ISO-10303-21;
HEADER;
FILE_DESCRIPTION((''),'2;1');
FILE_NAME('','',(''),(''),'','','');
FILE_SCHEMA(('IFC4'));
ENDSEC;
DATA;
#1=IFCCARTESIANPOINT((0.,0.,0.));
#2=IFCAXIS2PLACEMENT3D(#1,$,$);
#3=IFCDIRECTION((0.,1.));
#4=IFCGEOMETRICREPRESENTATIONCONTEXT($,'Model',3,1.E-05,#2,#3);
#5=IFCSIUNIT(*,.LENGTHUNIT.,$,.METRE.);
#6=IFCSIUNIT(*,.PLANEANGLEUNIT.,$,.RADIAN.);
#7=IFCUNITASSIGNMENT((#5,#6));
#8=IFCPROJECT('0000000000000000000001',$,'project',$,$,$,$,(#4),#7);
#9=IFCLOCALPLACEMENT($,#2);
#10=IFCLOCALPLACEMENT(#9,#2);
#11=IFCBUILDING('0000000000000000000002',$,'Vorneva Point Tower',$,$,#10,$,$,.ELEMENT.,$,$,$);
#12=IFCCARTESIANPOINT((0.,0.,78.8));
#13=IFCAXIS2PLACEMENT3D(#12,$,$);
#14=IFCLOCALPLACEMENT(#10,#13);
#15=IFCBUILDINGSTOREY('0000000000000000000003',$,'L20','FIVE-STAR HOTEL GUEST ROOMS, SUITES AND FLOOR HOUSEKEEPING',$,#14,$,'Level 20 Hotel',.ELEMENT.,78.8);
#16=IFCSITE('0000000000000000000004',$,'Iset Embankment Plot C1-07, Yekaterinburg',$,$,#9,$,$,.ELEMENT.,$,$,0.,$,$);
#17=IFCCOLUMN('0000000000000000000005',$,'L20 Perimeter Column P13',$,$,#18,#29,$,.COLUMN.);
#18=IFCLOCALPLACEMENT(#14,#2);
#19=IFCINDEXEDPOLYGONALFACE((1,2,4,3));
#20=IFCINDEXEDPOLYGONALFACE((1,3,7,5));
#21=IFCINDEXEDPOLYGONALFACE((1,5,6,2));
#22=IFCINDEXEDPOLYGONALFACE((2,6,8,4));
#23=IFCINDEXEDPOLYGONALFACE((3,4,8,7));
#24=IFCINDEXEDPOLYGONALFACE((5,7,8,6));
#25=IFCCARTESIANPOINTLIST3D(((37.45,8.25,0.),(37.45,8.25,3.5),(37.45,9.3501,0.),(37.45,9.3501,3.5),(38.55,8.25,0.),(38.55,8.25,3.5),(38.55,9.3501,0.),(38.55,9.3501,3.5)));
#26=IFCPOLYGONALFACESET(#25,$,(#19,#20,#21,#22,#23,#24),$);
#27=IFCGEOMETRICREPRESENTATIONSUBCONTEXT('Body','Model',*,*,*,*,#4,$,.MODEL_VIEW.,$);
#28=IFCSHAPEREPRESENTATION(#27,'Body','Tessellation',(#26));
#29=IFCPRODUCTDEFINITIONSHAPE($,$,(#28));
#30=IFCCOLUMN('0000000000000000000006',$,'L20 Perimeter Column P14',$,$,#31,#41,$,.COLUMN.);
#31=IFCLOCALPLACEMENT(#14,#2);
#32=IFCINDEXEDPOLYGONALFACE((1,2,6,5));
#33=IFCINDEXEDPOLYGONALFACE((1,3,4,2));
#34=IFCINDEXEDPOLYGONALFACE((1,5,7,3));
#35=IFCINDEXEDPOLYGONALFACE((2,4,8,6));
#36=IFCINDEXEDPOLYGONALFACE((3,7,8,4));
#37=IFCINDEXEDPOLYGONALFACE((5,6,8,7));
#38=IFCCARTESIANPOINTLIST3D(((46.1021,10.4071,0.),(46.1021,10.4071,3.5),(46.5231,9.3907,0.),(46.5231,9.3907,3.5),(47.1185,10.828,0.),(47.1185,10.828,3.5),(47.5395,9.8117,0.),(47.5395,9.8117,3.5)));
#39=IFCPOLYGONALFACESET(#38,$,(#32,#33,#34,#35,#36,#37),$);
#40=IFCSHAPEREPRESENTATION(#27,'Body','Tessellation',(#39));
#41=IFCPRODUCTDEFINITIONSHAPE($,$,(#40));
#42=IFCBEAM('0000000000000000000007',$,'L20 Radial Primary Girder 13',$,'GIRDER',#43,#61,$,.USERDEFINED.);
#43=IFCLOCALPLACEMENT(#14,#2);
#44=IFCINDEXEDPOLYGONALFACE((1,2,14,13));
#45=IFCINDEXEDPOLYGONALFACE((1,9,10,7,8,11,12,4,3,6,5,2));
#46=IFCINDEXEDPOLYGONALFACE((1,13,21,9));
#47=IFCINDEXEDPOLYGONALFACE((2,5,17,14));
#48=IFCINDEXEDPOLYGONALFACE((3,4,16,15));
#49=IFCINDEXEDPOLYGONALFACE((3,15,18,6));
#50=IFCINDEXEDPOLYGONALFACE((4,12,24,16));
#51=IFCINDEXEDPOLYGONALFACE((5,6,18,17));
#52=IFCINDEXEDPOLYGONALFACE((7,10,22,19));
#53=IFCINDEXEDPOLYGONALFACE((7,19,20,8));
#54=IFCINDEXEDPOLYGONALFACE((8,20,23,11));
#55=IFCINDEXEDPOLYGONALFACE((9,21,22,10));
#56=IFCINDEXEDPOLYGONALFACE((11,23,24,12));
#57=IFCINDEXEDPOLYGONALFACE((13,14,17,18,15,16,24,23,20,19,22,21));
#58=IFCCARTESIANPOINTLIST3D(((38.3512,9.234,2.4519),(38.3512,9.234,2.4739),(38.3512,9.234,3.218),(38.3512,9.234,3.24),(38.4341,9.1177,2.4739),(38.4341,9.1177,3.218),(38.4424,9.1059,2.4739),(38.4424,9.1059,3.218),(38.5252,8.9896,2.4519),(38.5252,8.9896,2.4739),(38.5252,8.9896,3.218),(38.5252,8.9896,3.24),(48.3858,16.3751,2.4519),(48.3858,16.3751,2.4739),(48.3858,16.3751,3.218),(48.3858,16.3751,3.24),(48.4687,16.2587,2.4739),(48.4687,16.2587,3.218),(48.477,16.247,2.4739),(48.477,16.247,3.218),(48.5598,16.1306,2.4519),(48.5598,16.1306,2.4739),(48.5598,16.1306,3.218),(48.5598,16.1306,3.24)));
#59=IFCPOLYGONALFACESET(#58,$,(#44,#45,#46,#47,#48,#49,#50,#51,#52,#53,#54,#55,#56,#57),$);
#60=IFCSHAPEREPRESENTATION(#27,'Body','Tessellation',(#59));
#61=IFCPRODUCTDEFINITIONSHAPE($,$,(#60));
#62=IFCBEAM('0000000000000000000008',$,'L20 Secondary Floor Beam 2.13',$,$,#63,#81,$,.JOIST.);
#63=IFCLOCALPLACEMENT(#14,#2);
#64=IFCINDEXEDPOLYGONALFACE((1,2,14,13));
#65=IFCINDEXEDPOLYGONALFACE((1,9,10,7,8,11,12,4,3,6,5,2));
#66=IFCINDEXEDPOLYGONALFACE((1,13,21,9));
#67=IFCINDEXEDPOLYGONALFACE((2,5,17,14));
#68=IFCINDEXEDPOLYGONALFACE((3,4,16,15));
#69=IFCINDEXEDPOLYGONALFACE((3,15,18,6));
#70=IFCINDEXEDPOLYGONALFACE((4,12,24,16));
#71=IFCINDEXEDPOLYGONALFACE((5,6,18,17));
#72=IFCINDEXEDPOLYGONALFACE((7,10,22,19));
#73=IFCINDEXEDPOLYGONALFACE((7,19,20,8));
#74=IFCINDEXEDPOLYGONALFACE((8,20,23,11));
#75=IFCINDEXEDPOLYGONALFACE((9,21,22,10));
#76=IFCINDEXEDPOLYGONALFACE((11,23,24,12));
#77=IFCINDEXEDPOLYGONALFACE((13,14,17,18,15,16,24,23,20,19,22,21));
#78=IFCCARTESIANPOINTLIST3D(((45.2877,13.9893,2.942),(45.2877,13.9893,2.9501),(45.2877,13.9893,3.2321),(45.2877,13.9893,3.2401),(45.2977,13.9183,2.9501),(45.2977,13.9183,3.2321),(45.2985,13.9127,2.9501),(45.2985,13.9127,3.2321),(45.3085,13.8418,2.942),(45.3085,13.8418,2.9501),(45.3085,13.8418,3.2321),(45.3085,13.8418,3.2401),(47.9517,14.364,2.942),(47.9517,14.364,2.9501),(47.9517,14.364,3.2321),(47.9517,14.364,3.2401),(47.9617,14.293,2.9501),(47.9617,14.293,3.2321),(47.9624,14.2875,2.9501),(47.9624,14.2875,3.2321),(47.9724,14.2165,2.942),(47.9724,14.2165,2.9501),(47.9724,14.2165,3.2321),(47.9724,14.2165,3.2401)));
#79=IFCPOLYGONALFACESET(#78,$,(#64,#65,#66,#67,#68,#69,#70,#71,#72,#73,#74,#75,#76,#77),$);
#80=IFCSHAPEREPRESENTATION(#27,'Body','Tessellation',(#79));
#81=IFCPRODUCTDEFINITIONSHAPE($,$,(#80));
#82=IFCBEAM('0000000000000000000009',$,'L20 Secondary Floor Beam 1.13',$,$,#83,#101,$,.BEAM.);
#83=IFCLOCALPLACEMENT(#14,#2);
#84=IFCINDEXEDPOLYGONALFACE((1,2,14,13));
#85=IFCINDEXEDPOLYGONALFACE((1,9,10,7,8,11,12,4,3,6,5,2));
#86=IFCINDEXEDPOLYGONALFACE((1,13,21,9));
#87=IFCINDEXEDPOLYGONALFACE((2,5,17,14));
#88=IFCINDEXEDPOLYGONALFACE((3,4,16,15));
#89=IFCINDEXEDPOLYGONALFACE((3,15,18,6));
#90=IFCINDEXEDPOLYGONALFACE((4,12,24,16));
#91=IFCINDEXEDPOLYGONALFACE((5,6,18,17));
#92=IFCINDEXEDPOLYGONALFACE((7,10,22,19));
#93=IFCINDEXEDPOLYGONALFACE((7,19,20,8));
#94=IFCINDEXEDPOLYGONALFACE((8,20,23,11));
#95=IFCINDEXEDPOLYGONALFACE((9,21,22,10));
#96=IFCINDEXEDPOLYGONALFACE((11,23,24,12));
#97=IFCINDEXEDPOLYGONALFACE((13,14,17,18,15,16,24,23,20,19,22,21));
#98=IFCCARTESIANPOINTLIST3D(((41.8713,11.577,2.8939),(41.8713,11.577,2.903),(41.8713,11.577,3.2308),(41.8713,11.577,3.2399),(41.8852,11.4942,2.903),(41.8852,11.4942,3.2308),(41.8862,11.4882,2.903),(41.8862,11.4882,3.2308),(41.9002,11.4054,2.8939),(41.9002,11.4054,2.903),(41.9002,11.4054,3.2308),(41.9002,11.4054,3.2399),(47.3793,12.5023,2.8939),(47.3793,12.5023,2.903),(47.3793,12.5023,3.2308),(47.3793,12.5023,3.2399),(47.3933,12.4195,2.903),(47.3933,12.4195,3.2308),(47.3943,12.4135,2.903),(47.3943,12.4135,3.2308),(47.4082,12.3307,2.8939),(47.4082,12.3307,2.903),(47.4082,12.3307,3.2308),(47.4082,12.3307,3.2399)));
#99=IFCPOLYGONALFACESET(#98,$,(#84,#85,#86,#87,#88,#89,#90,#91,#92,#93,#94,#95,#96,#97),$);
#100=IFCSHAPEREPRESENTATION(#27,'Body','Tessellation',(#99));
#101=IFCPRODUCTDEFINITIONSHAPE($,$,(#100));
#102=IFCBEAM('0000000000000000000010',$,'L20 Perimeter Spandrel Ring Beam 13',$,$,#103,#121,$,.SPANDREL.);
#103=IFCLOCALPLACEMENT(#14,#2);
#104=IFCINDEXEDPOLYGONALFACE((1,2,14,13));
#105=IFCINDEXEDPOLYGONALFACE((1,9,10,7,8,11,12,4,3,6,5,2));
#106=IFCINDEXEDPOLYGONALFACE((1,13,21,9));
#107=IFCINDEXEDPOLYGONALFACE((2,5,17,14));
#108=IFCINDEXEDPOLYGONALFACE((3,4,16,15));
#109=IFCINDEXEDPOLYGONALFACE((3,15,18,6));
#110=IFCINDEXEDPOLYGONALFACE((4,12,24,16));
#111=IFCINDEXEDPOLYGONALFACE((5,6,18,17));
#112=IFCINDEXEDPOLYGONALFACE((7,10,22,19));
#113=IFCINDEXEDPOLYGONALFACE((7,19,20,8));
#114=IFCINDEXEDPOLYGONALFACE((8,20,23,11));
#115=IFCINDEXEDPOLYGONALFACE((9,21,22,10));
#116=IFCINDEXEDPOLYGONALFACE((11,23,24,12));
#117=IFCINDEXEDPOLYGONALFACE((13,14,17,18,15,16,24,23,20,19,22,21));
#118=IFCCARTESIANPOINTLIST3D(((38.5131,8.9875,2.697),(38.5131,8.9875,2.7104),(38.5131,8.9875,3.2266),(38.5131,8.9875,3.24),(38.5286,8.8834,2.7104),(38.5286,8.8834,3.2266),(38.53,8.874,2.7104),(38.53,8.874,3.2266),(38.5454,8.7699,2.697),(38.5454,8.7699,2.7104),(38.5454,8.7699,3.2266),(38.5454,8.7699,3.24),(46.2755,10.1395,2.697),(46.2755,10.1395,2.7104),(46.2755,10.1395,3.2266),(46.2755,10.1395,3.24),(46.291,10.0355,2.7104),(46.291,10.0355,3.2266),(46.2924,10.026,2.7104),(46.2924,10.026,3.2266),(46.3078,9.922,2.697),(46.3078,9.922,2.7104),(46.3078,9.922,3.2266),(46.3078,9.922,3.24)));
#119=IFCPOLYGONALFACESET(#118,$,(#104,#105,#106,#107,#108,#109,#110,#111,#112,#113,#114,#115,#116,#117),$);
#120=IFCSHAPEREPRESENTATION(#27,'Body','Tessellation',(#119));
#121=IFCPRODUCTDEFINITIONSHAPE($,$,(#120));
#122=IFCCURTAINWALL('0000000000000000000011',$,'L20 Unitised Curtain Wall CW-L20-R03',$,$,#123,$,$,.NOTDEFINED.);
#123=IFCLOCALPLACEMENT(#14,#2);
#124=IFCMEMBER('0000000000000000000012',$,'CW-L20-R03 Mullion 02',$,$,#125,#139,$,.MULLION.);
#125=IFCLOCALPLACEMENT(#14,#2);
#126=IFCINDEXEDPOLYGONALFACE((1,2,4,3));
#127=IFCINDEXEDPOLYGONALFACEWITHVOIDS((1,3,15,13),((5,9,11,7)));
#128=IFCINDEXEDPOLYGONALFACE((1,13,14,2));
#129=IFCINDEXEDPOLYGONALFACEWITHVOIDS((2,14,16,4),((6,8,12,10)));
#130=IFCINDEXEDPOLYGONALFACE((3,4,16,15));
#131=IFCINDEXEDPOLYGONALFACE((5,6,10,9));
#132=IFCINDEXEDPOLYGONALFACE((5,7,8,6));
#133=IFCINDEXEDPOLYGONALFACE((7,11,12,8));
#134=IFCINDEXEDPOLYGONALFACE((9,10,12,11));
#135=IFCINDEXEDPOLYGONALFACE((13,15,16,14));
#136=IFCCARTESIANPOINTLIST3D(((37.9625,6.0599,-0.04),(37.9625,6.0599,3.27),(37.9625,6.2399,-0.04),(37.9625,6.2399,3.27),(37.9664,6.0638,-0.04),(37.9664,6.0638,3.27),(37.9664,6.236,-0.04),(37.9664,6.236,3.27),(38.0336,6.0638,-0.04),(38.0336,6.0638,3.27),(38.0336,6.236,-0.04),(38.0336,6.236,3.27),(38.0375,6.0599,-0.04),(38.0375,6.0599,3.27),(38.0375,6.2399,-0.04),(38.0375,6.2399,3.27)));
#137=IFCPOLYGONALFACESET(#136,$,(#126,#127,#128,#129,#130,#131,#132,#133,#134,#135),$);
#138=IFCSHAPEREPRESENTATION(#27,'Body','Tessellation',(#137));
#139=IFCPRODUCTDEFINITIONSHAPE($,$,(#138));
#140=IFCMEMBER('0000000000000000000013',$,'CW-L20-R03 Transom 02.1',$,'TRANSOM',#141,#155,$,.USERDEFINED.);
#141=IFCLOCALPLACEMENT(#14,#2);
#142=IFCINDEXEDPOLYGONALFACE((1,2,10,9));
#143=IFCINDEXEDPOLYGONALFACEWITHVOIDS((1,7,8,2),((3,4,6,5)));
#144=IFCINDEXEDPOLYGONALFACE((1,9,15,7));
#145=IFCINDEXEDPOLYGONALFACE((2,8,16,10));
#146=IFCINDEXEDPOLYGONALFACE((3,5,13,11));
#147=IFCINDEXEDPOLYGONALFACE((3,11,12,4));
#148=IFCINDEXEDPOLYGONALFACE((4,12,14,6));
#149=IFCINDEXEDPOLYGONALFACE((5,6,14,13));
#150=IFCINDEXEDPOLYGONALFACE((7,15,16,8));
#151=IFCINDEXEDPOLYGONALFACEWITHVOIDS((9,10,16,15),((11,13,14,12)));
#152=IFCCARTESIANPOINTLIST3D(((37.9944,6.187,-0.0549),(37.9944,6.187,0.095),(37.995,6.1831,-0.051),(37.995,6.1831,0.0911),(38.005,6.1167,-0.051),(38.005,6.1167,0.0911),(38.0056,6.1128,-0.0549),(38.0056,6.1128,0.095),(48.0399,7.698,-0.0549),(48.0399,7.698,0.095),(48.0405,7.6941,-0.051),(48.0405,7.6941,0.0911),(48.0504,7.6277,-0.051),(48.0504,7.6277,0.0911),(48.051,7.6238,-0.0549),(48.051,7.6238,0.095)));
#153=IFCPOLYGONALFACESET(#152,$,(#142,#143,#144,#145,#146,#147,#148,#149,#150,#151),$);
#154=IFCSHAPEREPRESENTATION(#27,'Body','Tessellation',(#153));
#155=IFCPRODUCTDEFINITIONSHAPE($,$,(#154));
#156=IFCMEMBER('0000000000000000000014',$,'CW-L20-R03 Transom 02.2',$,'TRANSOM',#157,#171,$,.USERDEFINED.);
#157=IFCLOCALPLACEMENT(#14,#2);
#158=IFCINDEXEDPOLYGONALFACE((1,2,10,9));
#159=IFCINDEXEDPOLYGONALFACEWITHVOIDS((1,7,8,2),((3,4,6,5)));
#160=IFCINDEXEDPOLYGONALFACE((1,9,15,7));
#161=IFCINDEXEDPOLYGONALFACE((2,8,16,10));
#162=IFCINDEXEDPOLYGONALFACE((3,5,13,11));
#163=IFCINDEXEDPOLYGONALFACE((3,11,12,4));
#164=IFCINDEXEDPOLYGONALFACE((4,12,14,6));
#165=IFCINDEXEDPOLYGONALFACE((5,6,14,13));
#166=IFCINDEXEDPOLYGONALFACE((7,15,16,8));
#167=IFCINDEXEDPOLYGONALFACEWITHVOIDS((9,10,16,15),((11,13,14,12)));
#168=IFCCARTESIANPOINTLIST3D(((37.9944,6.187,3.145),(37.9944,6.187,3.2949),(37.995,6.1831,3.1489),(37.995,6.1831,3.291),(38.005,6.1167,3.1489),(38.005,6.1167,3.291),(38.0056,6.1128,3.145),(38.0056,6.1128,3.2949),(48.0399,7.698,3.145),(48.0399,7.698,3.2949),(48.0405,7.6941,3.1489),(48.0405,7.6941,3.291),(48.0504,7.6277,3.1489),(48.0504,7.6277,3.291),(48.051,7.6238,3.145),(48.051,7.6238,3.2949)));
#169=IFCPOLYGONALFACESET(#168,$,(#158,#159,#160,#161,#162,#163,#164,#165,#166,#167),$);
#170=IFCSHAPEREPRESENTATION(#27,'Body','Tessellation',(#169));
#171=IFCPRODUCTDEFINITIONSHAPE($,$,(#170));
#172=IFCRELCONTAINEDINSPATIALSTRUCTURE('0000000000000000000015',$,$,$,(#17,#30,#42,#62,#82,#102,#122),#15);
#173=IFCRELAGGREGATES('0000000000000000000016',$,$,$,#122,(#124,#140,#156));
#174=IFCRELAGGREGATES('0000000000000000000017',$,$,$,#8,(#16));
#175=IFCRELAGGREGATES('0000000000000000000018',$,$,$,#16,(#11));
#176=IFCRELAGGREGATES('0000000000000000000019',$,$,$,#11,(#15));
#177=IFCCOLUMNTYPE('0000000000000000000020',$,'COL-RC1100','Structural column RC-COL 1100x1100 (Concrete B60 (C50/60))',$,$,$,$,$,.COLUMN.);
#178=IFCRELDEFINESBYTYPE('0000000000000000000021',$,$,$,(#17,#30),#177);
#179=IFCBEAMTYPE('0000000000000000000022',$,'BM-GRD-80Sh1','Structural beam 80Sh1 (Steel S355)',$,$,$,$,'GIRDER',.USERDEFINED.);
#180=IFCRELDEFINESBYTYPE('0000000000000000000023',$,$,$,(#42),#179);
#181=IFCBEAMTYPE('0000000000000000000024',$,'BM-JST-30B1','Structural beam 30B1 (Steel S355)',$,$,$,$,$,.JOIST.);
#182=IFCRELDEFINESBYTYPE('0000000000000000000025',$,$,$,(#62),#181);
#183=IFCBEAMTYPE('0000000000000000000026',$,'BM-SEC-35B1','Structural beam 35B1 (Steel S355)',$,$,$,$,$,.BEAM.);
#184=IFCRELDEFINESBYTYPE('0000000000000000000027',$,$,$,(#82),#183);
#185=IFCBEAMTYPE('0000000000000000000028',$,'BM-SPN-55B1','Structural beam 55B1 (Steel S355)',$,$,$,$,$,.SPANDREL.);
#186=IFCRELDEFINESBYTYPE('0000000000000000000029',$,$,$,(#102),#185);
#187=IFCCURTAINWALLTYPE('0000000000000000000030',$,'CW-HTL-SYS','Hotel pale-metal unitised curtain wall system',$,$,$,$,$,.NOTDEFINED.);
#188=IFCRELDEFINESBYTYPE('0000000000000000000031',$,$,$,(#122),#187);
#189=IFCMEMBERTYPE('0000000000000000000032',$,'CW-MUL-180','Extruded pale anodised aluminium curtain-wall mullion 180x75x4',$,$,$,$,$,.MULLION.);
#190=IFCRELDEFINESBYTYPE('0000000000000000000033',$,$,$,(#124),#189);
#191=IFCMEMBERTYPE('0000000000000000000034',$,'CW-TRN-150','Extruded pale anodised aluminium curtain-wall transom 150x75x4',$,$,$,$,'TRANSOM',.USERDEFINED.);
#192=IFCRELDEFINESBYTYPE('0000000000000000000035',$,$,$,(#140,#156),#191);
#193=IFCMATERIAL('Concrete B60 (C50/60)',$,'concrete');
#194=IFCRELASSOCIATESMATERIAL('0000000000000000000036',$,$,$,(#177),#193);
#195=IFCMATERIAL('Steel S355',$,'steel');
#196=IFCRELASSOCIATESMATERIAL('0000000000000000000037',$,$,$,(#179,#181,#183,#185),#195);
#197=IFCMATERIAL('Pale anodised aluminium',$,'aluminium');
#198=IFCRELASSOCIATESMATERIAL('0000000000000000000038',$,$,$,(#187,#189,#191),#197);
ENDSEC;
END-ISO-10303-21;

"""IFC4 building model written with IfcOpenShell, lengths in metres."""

from ifc_helpers import new_model, si_unit, direction, frame, origin, origin_2d, place, context, subcontext, project, spatial, rectangle, hollow_rectangle, i_section, extrude, material, material_profile, profile_set, type_object, element, aggregate, save


model = new_model("IFC4")

# Units and contexts
model_context = context("Model", 3, precision=1e-05, world=origin(), true_north=direction((0.0, 1.0)))
body_context = subcontext(model_context, "Body", "Model", "MODEL_VIEW")
ifc_project = project(units=[si_unit("LENGTHUNIT", "METRE"), si_unit("PLANEANGLEUNIT", "RADIAN")], contexts=[model_context])

# Site, building, storey
site_placement = place(None, origin())
site = spatial("IfcSite", under=ifc_project, at=site_placement, Name="Iset Embankment Plot C1-07, Yekaterinburg", CompositionType="ELEMENT", RefElevation=0.0)
building_placement = place(site_placement, origin())
building = spatial("IfcBuilding", under=site, at=building_placement, Name="Vorneva Point Tower", CompositionType="ELEMENT")
storey_placement = place(building_placement, frame((0.0, 0.0, 78.8)))
storey = spatial("IfcBuildingStorey", under=building, at=storey_placement, Name="L20", Description="FIVE-STAR HOTEL GUEST ROOMS, SUITES AND FLOOR HOUSEKEEPING", LongName="Level 20 Hotel", CompositionType="ELEMENT", Elevation=78.8)

# Columns
ifc_material_1 = material(Name="Concrete B60 (C50/60)", Category="concrete")
ifc_material_profile_1 = material_profile(ifc_material_1, rectangle(XDim=1.1001, YDim=1.1001, at=origin_2d()), Name="RC-COL 1100x1100")
ifc_profile_set_1 = profile_set([ifc_material_profile_1], Name="Concrete B60 (C50/60)")
column_type = type_object("IfcColumnType", Name="COL-RC1100", Description="Structural column RC-COL 1100x1100 (Concrete B60 (C50/60))", PredefinedType="COLUMN", material=ifc_profile_set_1)
for number, where, z_axis, x_axis, name in (
    (1, (38.0, 8.8, 0.0), (0.0, 0.0, 1.0), (0.0, -1.0, 0.0), "L20 Perimeter Column P13"),
    (2, (46.8208, 10.1094, 0.0), (0.0, 0.0, 1.0), (0.382683, -0.92388, 0.0), "L20 Perimeter Column P14"),
):
    element("IfcColumn", number, at=place(storey_placement, frame(where, z_axis=z_axis, x_axis=x_axis)), inside=storey, type_object=column_type, Name=name, PredefinedType="COLUMN", context=body_context, shape_type="SweptSolid", body=[
        extrude(rectangle(XDim=1.1001, YDim=1.1001, at=origin_2d()), origin(), (0.0, 0.0, 1.0), 3.5),
    ])

# Beams
ifc_material_2 = material(Name="Steel S355", Category="steel")
ifc_material_profile_2 = material_profile(ifc_material_2, i_section(OverallWidth=0.3, OverallDepth=0.7881, WebThickness=0.0144, FlangeThickness=0.022, at=origin_2d()), Name="80Sh1")
ifc_profile_set_2 = profile_set([ifc_material_profile_2], Name="Steel S355")
beam_type_1 = type_object("IfcBeamType", Name="BM-GRD-80Sh1", Description="Structural beam 80Sh1 (Steel S355)", ElementType="GIRDER", PredefinedType="USERDEFINED", material=ifc_profile_set_2)
beam_1_placement = place(storey_placement, frame((38.4382, 9.1118, 2.8459), z_axis=(0.81475, 0.579812, 0.0), x_axis=(-0.579812, 0.81475, 0.0)))
element("IfcBeam", 3, at=beam_1_placement, inside=storey, type_object=beam_type_1, Name="L20 Radial Primary Girder 13", ObjectType="GIRDER", PredefinedType="USERDEFINED", context=body_context, shape_type="SweptSolid", body=[
    extrude(i_section(OverallWidth=0.3, OverallDepth=0.7881, WebThickness=0.0144, FlangeThickness=0.022, at=origin_2d()), origin(), (0.0, 0.0, 1.0), 12.3162),
])
ifc_material_profile_3 = material_profile(ifc_material_2, i_section(OverallWidth=0.1489, OverallDepth=0.2981, WebThickness=0.0056, FlangeThickness=0.0081, at=origin_2d()), Name="30B1")
ifc_profile_set_3 = profile_set([ifc_material_profile_3], Name="Steel S355")
beam_type_2 = type_object("IfcBeamType", Name="BM-JST-30B1", Description="Structural beam 30B1 (Steel S355)", PredefinedType="JOIST", material=ifc_profile_set_3)
beam_2_placement = place(storey_placement, frame((45.2981, 13.9155, 3.0911), z_axis=(0.99025, 0.139299, 0.0), x_axis=(-0.139299, 0.99025, 0.0)))
element("IfcBeam", 4, at=beam_2_placement, inside=storey, type_object=beam_type_2, Name="L20 Secondary Floor Beam 2.13", PredefinedType="JOIST", context=body_context, shape_type="SweptSolid", body=[
    extrude(i_section(OverallWidth=0.1489, OverallDepth=0.2981, WebThickness=0.0056, FlangeThickness=0.0081, at=origin_2d()), origin(), (0.0, 0.0, 1.0), 2.6902),
])
ifc_material_profile_4 = material_profile(ifc_material_2, i_section(OverallWidth=0.1741, OverallDepth=0.3459, WebThickness=0.0061, FlangeThickness=0.009, at=origin_2d()), Name="35B1")
ifc_profile_set_4 = profile_set([ifc_material_profile_4], Name="Steel S355")
beam_type_3 = type_object("IfcBeamType", Name="BM-SEC-35B1", Description="Structural beam 35B1 (Steel S355)", PredefinedType="BEAM", material=ifc_profile_set_4)
beam_3_placement = place(storey_placement, frame((41.8857, 11.4912, 3.0669), z_axis=(0.986182, 0.165668, 0.0), x_axis=(-0.165668, 0.986182, 0.0)))
element("IfcBeam", 5, at=beam_3_placement, inside=storey, type_object=beam_type_3, Name="L20 Secondary Floor Beam 1.13", PredefinedType="BEAM", context=body_context, shape_type="SweptSolid", body=[
    extrude(i_section(OverallWidth=0.1741, OverallDepth=0.3459, WebThickness=0.0061, FlangeThickness=0.009, at=origin_2d()), origin(), (0.0, 0.0, 1.0), 5.5852),
])
ifc_material_profile_5 = material_profile(ifc_material_2, i_section(OverallWidth=0.22, OverallDepth=0.543, WebThickness=0.0095, FlangeThickness=0.0134, at=origin_2d()), Name="55B1")
ifc_profile_set_5 = profile_set([ifc_material_profile_5], Name="Steel S355")
beam_type_4 = type_object("IfcBeamType", Name="BM-SPN-55B1", Description="Structural beam 55B1 (Steel S355)", PredefinedType="SPANDREL", material=ifc_profile_set_5)
beam_4_placement = place(storey_placement, frame((38.5293, 8.8787, 2.9685), z_axis=(0.989165, 0.146811, 0.0), x_axis=(-0.146811, 0.989165, 0.0)))
element("IfcBeam", 6, at=beam_4_placement, inside=storey, type_object=beam_type_4, Name="L20 Perimeter Spandrel Ring Beam 13", PredefinedType="SPANDREL", context=body_context, shape_type="SweptSolid", body=[
    extrude(i_section(OverallWidth=0.22, OverallDepth=0.543, WebThickness=0.0095, FlangeThickness=0.0134, at=origin_2d()), origin(), (0.0, 0.0, 1.0), 7.8474),
])

# Curtain wall, members
ifc_material_3 = material(Name="Pale anodised aluminium", Category="aluminium")
curtain_wall_type = type_object("IfcCurtainWallType", Name="CW-HTL-SYS", Description="Hotel pale-metal unitised curtain wall system", PredefinedType="NOTDEFINED", material=ifc_material_3)
curtain_wall_placement = place(storey_placement, origin())
curtain_wall = element("IfcCurtainWall", 7, at=curtain_wall_placement, inside=storey, type_object=curtain_wall_type, Name="L20 Unitised Curtain Wall CW-L20-R03", PredefinedType="NOTDEFINED")
ifc_material_profile_6 = material_profile(ifc_material_3, hollow_rectangle(XDim=0.075, YDim=0.1799, WallThickness=0.0039, at=origin_2d()), Name="AL-MUL 180x75x4")
ifc_profile_set_6 = profile_set([ifc_material_profile_6], Name="Pale anodised aluminium")
member_type_1 = type_object("IfcMemberType", Name="CW-MUL-180", Description="Extruded pale anodised aluminium curtain-wall mullion 180x75x4", PredefinedType="MULLION", material=ifc_profile_set_6)
member_1_placement = place(storey_placement, frame((38.0, 6.1499, -0.04), z_axis=(0.0, 0.0, 1.0), x_axis=(1.0, 0.0, 0.0)))
member_1 = element("IfcMember", 8, at=member_1_placement, type_object=member_type_1, Name="CW-L20-R03 Mullion 02", PredefinedType="MULLION", context=body_context, shape_type="SweptSolid", body=[
    extrude(hollow_rectangle(XDim=0.075, YDim=0.1799, WallThickness=0.0039, at=origin_2d()), origin(), (0.0, 0.0, 1.0), 3.3101),
])
ifc_material_profile_7 = material_profile(ifc_material_3, hollow_rectangle(XDim=0.075, YDim=0.1499, WallThickness=0.0039, at=origin_2d()), Name="AL-TRN 150x75x4")
ifc_profile_set_7 = profile_set([ifc_material_profile_7], Name="Pale anodised aluminium")
member_type_2 = type_object("IfcMemberType", Name="CW-TRN-150", Description="Extruded pale anodised aluminium curtain-wall transom 150x75x4", ElementType="TRANSOM", PredefinedType="USERDEFINED", material=ifc_profile_set_7)
member_2_placement = place(storey_placement, frame((38.0, 6.1499, 0.02), z_axis=(0.988876, 0.148742, 0.0), x_axis=(-0.148742, 0.988876, 0.0)))
member_2 = element("IfcMember", 9, at=member_2_placement, type_object=member_type_2, Name="CW-L20-R03 Transom 02.1", ObjectType="TRANSOM", PredefinedType="USERDEFINED", context=body_context, shape_type="SweptSolid", body=[
    extrude(hollow_rectangle(XDim=0.075, YDim=0.1499, WallThickness=0.0039, at=origin_2d()), origin(), (0.0, 0.0, 1.0), 10.1584),
])
member_3_placement = place(storey_placement, frame((38.0, 6.1499, 3.22), z_axis=(0.988876, 0.148742, 0.0), x_axis=(-0.148742, 0.988876, 0.0)))
member_3 = element("IfcMember", 10, at=member_3_placement, type_object=member_type_2, Name="CW-L20-R03 Transom 02.2", ObjectType="TRANSOM", PredefinedType="USERDEFINED", context=body_context, shape_type="SweptSolid", body=[
    extrude(hollow_rectangle(XDim=0.075, YDim=0.1499, WallThickness=0.0039, at=origin_2d()), origin(), (0.0, 0.0, 1.0), 10.1584),
])
aggregate(curtain_wall, [member_1, member_2, member_3])

save(model, "model.ifc")
